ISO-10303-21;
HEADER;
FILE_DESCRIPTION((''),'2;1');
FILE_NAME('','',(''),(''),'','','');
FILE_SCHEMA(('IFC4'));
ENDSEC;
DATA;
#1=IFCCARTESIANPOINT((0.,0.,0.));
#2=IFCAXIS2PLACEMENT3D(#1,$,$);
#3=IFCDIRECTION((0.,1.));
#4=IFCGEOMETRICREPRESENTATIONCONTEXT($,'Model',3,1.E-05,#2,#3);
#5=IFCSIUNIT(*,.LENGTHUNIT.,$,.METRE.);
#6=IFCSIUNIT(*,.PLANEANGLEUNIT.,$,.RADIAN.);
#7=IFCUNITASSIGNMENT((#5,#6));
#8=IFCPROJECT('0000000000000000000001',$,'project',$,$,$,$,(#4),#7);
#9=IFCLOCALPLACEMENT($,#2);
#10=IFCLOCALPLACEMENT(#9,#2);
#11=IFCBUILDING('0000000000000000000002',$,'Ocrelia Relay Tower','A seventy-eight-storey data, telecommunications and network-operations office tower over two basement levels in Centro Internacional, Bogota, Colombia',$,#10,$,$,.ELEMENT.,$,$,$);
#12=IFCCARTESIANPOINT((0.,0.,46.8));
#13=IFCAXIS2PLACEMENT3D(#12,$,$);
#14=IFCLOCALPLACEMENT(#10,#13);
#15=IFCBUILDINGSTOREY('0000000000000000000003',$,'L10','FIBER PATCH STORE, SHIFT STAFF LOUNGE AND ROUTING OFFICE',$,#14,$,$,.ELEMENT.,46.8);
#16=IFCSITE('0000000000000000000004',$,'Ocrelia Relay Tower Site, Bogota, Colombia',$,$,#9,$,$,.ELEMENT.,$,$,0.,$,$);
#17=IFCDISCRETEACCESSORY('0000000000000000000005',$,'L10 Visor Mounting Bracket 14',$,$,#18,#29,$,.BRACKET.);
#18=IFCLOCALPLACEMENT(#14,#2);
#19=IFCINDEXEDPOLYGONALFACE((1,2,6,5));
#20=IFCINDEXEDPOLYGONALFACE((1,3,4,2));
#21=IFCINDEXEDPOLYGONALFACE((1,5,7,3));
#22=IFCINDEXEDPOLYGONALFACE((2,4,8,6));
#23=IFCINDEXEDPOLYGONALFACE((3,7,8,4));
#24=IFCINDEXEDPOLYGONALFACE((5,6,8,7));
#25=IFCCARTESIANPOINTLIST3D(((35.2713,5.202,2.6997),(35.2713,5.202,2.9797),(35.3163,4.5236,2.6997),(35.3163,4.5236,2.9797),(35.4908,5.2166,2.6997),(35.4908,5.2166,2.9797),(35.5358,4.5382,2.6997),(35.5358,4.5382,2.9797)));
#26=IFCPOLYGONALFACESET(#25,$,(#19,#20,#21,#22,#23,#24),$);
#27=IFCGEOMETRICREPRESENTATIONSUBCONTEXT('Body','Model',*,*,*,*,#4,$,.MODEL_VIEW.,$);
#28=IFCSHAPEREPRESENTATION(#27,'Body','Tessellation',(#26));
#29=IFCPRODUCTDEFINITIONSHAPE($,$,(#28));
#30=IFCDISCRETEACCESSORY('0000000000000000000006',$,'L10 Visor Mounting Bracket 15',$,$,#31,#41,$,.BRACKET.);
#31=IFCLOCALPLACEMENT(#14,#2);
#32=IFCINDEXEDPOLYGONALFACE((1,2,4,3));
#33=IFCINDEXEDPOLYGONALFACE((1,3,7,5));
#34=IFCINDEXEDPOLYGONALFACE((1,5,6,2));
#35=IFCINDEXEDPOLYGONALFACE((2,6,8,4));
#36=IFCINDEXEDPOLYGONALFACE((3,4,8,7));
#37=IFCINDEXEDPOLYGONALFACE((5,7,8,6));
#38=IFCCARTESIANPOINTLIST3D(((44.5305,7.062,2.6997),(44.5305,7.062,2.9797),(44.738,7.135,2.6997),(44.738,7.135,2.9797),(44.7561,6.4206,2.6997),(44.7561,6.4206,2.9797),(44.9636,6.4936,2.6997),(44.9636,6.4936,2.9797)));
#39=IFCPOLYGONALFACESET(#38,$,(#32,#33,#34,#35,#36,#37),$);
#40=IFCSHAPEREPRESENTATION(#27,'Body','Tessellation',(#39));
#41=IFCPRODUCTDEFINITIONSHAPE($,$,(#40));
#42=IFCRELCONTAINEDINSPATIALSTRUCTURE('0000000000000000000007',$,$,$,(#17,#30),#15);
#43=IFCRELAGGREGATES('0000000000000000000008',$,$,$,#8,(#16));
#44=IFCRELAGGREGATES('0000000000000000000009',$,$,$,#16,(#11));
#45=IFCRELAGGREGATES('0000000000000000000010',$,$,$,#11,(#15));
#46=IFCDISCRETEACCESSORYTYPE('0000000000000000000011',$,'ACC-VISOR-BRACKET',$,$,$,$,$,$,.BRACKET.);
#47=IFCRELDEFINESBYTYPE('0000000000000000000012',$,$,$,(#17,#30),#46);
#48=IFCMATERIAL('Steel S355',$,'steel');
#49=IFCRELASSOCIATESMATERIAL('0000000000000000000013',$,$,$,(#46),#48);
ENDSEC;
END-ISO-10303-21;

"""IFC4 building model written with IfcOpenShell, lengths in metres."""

from ifc_helpers import new_model, si_unit, direction, frame, origin, origin_2d, place, context, subcontext, project, spatial, rectangle, extrude, material, type_object, element, save


model = new_model("IFC4")

# Units and contexts
model_context = context("Model", 3, precision=1e-05, world=origin(), true_north=direction((0.0, 1.0)))
body_context = subcontext(model_context, "Body", "Model", "MODEL_VIEW")
ifc_project = project(units=[si_unit("LENGTHUNIT", "METRE"), si_unit("PLANEANGLEUNIT", "RADIAN")], contexts=[model_context])

# Site, building, storey
site_placement = place(None, origin())
site = spatial("IfcSite", under=ifc_project, at=site_placement, Name="Ocrelia Relay Tower Site, Bogota, Colombia", CompositionType="ELEMENT", RefElevation=0.0)
building_placement = place(site_placement, origin())
building = spatial("IfcBuilding", under=site, at=building_placement, Name="Ocrelia Relay Tower", Description="A seventy-eight-storey data, telecommunications and network-operations office tower over two basement levels in Centro Internacional, Bogota, Colombia", CompositionType="ELEMENT")
storey_placement = place(building_placement, frame((0.0, 0.0, 46.8)))
storey = spatial("IfcBuildingStorey", under=building, at=storey_placement, Name="L10", Description="FIBER PATCH STORE, SHIFT STAFF LOUNGE AND ROUTING OFFICE", CompositionType="ELEMENT", Elevation=46.8)

# Shared definitions
ifc_material_1 = material(Name="Steel S355", Category="steel")

# Discrete accessories
discrete_accessory_type_1 = type_object("IfcDiscreteAccessoryType", Name="ACC-VISOR-BRACKET", PredefinedType="BRACKET", material=ifc_material_1)
for number, where, z_axis, x_axis, name in (
    (1, (35.4036, 4.8701, 2.6997), (0.0, 0.0, 1.0), (0.997802, 0.066267, 0.0), "L10 Visor Mounting Bracket 14"),
    (2, (44.7471, 6.7778, 2.6997), (0.0, 0.0, 1.0), (0.943326, 0.331868, 0.0), "L10 Visor Mounting Bracket 15"),
):
    element("IfcDiscreteAccessory", number, at=place(storey_placement, frame(where, z_axis=z_axis, x_axis=x_axis)), inside=storey, type_object=discrete_accessory_type_1, Name=name, PredefinedType="BRACKET", context=body_context, shape_type="SweptSolid", body=[
        extrude(rectangle(XDim=0.22, YDim=0.6799, at=origin_2d()), origin(), (0.0, 0.0, 1.0), 0.28),
    ])

save(model, "model.ifc")
